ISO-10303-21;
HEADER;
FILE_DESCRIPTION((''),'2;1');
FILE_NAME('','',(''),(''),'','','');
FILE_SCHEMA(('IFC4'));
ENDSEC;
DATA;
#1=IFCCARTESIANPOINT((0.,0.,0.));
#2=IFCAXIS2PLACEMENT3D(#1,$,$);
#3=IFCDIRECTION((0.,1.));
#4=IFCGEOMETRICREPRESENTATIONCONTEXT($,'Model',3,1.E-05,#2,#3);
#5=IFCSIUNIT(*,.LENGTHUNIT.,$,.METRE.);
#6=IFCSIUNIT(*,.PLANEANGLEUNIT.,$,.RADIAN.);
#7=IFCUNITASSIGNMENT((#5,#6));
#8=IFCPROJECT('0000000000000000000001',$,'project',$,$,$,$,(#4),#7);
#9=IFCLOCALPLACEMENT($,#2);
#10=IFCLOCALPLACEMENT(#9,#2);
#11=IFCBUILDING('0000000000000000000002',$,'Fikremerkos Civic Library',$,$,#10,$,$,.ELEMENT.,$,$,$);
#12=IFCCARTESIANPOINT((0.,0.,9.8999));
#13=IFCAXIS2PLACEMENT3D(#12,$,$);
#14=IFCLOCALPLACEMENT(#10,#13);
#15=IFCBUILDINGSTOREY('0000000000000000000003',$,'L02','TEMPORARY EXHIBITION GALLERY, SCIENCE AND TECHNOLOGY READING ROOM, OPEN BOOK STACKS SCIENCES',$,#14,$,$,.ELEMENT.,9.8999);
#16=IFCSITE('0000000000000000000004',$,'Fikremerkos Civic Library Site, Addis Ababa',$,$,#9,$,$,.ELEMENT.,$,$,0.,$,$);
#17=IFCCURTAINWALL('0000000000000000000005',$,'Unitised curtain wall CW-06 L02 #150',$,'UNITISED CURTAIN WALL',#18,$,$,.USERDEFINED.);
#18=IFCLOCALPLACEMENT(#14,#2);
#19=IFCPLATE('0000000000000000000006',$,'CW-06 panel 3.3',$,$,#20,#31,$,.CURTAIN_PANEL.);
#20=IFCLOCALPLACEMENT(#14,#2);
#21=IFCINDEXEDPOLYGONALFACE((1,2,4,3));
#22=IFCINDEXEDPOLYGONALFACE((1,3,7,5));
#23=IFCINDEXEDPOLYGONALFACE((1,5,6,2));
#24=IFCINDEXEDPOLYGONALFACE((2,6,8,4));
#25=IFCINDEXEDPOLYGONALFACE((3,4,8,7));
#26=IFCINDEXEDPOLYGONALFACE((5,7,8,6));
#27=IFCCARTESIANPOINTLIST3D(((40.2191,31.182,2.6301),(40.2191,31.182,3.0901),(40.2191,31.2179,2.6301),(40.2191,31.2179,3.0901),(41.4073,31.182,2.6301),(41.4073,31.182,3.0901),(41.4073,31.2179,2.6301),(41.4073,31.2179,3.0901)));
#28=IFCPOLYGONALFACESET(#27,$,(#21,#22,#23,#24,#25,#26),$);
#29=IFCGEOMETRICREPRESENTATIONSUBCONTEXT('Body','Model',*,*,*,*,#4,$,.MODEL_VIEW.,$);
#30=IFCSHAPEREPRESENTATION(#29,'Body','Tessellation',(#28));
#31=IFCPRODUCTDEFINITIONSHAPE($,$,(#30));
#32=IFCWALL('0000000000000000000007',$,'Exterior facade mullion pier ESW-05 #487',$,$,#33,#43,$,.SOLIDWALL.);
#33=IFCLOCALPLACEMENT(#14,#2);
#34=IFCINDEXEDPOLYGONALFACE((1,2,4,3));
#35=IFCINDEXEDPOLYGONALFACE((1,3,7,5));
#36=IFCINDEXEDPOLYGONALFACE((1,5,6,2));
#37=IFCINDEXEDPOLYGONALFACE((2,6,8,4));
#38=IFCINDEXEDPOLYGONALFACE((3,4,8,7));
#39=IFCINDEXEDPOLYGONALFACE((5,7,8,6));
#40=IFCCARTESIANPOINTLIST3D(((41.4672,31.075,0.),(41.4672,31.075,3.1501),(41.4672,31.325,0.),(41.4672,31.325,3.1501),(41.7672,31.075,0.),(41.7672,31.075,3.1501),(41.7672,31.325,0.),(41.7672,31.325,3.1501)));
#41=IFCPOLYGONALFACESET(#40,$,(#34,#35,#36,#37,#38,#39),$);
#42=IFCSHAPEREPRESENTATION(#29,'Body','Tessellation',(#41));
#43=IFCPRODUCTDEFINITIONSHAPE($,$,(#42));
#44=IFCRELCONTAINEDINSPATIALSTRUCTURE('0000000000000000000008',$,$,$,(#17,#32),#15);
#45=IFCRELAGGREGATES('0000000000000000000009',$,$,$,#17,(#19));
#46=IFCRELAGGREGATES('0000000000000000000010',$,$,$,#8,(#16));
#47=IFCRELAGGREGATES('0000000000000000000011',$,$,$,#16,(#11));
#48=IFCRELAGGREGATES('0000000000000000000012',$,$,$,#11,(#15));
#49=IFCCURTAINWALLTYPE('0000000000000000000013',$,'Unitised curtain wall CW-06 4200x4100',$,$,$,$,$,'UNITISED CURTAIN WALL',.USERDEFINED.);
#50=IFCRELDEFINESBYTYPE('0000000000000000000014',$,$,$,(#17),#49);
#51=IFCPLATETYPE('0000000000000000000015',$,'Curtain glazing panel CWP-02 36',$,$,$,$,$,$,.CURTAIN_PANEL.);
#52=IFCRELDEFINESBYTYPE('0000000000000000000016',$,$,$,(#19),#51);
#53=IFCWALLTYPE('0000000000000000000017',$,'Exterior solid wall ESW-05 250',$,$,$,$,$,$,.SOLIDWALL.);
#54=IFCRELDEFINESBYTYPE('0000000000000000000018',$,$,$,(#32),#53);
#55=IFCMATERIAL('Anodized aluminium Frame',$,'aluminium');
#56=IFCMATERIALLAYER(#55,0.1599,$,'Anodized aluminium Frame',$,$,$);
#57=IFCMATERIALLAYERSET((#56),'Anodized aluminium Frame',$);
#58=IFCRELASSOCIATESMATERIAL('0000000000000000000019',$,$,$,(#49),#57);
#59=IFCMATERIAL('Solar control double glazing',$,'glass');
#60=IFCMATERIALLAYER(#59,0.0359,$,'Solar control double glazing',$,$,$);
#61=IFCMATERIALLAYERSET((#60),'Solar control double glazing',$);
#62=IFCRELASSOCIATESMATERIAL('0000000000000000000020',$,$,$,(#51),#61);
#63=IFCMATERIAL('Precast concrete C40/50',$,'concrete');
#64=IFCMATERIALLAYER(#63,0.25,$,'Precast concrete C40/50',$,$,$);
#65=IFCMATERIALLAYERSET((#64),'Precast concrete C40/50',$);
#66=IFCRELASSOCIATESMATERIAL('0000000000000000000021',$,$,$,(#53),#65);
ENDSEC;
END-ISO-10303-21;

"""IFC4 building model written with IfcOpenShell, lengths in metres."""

from ifc_helpers import new_model, si_unit, direction, frame, frame_2d, origin, origin_2d, place, context, subcontext, project, spatial, rectangle, extrude, material, layer, layer_set, type_object, element, aggregate, save


model = new_model("IFC4")

# Units and contexts
model_context = context("Model", 3, precision=1e-05, world=origin(), true_north=direction((0.0, 1.0)))
body_context = subcontext(model_context, "Body", "Model", "MODEL_VIEW")
ifc_project = project(units=[si_unit("LENGTHUNIT", "METRE"), si_unit("PLANEANGLEUNIT", "RADIAN")], contexts=[model_context])

# Site, building, storey
site_placement = place(None, origin())
site = spatial("IfcSite", under=ifc_project, at=site_placement, Name="Fikremerkos Civic Library Site, Addis Ababa", CompositionType="ELEMENT", RefElevation=0.0)
building_placement = place(site_placement, origin())
building = spatial("IfcBuilding", under=site, at=building_placement, Name="Fikremerkos Civic Library", CompositionType="ELEMENT")
storey_placement = place(building_placement, frame((0.0, 0.0, 9.8999)))
storey = spatial("IfcBuildingStorey", under=building, at=storey_placement, Name="L02", Description="TEMPORARY EXHIBITION GALLERY, SCIENCE AND TECHNOLOGY READING ROOM, OPEN BOOK STACKS SCIENCES", CompositionType="ELEMENT", Elevation=9.8999)

# Curtain wall
ifc_material_1 = material(Name="Anodized aluminium Frame", Category="aluminium")
ifc_layer_1 = layer(ifc_material_1, 0.1599, Name="Anodized aluminium Frame")
ifc_layer_set_1 = layer_set([ifc_layer_1], Name="Anodized aluminium Frame")
curtain_wall_type_1 = type_object("IfcCurtainWallType", Name="Unitised curtain wall CW-06 4200x4100", ElementType="UNITISED CURTAIN WALL", PredefinedType="USERDEFINED", material=ifc_layer_set_1)
curtain_wall_1_placement = place(storey_placement, origin())
curtain_wall_1 = element("IfcCurtainWall", 1, at=curtain_wall_1_placement, inside=storey, type_object=curtain_wall_type_1, Name="Unitised curtain wall CW-06 L02 #150", ObjectType="UNITISED CURTAIN WALL", PredefinedType="USERDEFINED")

# Plate
ifc_material_2 = material(Name="Solar control double glazing", Category="glass")
ifc_layer_2 = layer(ifc_material_2, 0.0359, Name="Solar control double glazing")
ifc_layer_set_2 = layer_set([ifc_layer_2], Name="Solar control double glazing")
plate_type = type_object("IfcPlateType", Name="Curtain glazing panel CWP-02 36", PredefinedType="CURTAIN_PANEL", material=ifc_layer_set_2)
plate_1_placement = place(storey_placement, frame((40.8132, 31.2, 2.6301), z_axis=(0.0, 0.0, 1.0), x_axis=(1.0, 0.0, 0.0)))
plate_1 = element("IfcPlate", 2, at=plate_1_placement, type_object=plate_type, Name="CW-06 panel 3.3", PredefinedType="CURTAIN_PANEL", context=body_context, shape_type="SweptSolid", body=[
    extrude(rectangle(XDim=1.1882, YDim=0.0359, at=origin_2d()), origin(), (0.0, 0.0, 1.0), 0.46),
])
aggregate(curtain_wall_1, [plate_1])

# Wall
ifc_material_3 = material(Name="Precast concrete C40/50", Category="concrete")
ifc_layer_3 = layer(ifc_material_3, 0.25, Name="Precast concrete C40/50")
ifc_layer_set_3 = layer_set([ifc_layer_3], Name="Precast concrete C40/50")
wall_type = type_object("IfcWallType", Name="Exterior solid wall ESW-05 250", PredefinedType="SOLIDWALL", material=ifc_layer_set_3)
wall_placement = place(storey_placement, frame((41.4673, 31.2, 0.0), z_axis=(0.0, 0.0, 1.0), x_axis=(1.0, 0.0, 0.0)))
element("IfcWall", 3, at=wall_placement, inside=storey, type_object=wall_type, Name="Exterior facade mullion pier ESW-05 #487", PredefinedType="SOLIDWALL", context=body_context, shape_type="SweptSolid", body=[
    extrude(rectangle(XDim=0.3, YDim=0.25, at=frame_2d((0.1499, 0.0))), origin(), (0.0, 0.0, 1.0), 3.1501),
])

save(model, "model.ifc")
